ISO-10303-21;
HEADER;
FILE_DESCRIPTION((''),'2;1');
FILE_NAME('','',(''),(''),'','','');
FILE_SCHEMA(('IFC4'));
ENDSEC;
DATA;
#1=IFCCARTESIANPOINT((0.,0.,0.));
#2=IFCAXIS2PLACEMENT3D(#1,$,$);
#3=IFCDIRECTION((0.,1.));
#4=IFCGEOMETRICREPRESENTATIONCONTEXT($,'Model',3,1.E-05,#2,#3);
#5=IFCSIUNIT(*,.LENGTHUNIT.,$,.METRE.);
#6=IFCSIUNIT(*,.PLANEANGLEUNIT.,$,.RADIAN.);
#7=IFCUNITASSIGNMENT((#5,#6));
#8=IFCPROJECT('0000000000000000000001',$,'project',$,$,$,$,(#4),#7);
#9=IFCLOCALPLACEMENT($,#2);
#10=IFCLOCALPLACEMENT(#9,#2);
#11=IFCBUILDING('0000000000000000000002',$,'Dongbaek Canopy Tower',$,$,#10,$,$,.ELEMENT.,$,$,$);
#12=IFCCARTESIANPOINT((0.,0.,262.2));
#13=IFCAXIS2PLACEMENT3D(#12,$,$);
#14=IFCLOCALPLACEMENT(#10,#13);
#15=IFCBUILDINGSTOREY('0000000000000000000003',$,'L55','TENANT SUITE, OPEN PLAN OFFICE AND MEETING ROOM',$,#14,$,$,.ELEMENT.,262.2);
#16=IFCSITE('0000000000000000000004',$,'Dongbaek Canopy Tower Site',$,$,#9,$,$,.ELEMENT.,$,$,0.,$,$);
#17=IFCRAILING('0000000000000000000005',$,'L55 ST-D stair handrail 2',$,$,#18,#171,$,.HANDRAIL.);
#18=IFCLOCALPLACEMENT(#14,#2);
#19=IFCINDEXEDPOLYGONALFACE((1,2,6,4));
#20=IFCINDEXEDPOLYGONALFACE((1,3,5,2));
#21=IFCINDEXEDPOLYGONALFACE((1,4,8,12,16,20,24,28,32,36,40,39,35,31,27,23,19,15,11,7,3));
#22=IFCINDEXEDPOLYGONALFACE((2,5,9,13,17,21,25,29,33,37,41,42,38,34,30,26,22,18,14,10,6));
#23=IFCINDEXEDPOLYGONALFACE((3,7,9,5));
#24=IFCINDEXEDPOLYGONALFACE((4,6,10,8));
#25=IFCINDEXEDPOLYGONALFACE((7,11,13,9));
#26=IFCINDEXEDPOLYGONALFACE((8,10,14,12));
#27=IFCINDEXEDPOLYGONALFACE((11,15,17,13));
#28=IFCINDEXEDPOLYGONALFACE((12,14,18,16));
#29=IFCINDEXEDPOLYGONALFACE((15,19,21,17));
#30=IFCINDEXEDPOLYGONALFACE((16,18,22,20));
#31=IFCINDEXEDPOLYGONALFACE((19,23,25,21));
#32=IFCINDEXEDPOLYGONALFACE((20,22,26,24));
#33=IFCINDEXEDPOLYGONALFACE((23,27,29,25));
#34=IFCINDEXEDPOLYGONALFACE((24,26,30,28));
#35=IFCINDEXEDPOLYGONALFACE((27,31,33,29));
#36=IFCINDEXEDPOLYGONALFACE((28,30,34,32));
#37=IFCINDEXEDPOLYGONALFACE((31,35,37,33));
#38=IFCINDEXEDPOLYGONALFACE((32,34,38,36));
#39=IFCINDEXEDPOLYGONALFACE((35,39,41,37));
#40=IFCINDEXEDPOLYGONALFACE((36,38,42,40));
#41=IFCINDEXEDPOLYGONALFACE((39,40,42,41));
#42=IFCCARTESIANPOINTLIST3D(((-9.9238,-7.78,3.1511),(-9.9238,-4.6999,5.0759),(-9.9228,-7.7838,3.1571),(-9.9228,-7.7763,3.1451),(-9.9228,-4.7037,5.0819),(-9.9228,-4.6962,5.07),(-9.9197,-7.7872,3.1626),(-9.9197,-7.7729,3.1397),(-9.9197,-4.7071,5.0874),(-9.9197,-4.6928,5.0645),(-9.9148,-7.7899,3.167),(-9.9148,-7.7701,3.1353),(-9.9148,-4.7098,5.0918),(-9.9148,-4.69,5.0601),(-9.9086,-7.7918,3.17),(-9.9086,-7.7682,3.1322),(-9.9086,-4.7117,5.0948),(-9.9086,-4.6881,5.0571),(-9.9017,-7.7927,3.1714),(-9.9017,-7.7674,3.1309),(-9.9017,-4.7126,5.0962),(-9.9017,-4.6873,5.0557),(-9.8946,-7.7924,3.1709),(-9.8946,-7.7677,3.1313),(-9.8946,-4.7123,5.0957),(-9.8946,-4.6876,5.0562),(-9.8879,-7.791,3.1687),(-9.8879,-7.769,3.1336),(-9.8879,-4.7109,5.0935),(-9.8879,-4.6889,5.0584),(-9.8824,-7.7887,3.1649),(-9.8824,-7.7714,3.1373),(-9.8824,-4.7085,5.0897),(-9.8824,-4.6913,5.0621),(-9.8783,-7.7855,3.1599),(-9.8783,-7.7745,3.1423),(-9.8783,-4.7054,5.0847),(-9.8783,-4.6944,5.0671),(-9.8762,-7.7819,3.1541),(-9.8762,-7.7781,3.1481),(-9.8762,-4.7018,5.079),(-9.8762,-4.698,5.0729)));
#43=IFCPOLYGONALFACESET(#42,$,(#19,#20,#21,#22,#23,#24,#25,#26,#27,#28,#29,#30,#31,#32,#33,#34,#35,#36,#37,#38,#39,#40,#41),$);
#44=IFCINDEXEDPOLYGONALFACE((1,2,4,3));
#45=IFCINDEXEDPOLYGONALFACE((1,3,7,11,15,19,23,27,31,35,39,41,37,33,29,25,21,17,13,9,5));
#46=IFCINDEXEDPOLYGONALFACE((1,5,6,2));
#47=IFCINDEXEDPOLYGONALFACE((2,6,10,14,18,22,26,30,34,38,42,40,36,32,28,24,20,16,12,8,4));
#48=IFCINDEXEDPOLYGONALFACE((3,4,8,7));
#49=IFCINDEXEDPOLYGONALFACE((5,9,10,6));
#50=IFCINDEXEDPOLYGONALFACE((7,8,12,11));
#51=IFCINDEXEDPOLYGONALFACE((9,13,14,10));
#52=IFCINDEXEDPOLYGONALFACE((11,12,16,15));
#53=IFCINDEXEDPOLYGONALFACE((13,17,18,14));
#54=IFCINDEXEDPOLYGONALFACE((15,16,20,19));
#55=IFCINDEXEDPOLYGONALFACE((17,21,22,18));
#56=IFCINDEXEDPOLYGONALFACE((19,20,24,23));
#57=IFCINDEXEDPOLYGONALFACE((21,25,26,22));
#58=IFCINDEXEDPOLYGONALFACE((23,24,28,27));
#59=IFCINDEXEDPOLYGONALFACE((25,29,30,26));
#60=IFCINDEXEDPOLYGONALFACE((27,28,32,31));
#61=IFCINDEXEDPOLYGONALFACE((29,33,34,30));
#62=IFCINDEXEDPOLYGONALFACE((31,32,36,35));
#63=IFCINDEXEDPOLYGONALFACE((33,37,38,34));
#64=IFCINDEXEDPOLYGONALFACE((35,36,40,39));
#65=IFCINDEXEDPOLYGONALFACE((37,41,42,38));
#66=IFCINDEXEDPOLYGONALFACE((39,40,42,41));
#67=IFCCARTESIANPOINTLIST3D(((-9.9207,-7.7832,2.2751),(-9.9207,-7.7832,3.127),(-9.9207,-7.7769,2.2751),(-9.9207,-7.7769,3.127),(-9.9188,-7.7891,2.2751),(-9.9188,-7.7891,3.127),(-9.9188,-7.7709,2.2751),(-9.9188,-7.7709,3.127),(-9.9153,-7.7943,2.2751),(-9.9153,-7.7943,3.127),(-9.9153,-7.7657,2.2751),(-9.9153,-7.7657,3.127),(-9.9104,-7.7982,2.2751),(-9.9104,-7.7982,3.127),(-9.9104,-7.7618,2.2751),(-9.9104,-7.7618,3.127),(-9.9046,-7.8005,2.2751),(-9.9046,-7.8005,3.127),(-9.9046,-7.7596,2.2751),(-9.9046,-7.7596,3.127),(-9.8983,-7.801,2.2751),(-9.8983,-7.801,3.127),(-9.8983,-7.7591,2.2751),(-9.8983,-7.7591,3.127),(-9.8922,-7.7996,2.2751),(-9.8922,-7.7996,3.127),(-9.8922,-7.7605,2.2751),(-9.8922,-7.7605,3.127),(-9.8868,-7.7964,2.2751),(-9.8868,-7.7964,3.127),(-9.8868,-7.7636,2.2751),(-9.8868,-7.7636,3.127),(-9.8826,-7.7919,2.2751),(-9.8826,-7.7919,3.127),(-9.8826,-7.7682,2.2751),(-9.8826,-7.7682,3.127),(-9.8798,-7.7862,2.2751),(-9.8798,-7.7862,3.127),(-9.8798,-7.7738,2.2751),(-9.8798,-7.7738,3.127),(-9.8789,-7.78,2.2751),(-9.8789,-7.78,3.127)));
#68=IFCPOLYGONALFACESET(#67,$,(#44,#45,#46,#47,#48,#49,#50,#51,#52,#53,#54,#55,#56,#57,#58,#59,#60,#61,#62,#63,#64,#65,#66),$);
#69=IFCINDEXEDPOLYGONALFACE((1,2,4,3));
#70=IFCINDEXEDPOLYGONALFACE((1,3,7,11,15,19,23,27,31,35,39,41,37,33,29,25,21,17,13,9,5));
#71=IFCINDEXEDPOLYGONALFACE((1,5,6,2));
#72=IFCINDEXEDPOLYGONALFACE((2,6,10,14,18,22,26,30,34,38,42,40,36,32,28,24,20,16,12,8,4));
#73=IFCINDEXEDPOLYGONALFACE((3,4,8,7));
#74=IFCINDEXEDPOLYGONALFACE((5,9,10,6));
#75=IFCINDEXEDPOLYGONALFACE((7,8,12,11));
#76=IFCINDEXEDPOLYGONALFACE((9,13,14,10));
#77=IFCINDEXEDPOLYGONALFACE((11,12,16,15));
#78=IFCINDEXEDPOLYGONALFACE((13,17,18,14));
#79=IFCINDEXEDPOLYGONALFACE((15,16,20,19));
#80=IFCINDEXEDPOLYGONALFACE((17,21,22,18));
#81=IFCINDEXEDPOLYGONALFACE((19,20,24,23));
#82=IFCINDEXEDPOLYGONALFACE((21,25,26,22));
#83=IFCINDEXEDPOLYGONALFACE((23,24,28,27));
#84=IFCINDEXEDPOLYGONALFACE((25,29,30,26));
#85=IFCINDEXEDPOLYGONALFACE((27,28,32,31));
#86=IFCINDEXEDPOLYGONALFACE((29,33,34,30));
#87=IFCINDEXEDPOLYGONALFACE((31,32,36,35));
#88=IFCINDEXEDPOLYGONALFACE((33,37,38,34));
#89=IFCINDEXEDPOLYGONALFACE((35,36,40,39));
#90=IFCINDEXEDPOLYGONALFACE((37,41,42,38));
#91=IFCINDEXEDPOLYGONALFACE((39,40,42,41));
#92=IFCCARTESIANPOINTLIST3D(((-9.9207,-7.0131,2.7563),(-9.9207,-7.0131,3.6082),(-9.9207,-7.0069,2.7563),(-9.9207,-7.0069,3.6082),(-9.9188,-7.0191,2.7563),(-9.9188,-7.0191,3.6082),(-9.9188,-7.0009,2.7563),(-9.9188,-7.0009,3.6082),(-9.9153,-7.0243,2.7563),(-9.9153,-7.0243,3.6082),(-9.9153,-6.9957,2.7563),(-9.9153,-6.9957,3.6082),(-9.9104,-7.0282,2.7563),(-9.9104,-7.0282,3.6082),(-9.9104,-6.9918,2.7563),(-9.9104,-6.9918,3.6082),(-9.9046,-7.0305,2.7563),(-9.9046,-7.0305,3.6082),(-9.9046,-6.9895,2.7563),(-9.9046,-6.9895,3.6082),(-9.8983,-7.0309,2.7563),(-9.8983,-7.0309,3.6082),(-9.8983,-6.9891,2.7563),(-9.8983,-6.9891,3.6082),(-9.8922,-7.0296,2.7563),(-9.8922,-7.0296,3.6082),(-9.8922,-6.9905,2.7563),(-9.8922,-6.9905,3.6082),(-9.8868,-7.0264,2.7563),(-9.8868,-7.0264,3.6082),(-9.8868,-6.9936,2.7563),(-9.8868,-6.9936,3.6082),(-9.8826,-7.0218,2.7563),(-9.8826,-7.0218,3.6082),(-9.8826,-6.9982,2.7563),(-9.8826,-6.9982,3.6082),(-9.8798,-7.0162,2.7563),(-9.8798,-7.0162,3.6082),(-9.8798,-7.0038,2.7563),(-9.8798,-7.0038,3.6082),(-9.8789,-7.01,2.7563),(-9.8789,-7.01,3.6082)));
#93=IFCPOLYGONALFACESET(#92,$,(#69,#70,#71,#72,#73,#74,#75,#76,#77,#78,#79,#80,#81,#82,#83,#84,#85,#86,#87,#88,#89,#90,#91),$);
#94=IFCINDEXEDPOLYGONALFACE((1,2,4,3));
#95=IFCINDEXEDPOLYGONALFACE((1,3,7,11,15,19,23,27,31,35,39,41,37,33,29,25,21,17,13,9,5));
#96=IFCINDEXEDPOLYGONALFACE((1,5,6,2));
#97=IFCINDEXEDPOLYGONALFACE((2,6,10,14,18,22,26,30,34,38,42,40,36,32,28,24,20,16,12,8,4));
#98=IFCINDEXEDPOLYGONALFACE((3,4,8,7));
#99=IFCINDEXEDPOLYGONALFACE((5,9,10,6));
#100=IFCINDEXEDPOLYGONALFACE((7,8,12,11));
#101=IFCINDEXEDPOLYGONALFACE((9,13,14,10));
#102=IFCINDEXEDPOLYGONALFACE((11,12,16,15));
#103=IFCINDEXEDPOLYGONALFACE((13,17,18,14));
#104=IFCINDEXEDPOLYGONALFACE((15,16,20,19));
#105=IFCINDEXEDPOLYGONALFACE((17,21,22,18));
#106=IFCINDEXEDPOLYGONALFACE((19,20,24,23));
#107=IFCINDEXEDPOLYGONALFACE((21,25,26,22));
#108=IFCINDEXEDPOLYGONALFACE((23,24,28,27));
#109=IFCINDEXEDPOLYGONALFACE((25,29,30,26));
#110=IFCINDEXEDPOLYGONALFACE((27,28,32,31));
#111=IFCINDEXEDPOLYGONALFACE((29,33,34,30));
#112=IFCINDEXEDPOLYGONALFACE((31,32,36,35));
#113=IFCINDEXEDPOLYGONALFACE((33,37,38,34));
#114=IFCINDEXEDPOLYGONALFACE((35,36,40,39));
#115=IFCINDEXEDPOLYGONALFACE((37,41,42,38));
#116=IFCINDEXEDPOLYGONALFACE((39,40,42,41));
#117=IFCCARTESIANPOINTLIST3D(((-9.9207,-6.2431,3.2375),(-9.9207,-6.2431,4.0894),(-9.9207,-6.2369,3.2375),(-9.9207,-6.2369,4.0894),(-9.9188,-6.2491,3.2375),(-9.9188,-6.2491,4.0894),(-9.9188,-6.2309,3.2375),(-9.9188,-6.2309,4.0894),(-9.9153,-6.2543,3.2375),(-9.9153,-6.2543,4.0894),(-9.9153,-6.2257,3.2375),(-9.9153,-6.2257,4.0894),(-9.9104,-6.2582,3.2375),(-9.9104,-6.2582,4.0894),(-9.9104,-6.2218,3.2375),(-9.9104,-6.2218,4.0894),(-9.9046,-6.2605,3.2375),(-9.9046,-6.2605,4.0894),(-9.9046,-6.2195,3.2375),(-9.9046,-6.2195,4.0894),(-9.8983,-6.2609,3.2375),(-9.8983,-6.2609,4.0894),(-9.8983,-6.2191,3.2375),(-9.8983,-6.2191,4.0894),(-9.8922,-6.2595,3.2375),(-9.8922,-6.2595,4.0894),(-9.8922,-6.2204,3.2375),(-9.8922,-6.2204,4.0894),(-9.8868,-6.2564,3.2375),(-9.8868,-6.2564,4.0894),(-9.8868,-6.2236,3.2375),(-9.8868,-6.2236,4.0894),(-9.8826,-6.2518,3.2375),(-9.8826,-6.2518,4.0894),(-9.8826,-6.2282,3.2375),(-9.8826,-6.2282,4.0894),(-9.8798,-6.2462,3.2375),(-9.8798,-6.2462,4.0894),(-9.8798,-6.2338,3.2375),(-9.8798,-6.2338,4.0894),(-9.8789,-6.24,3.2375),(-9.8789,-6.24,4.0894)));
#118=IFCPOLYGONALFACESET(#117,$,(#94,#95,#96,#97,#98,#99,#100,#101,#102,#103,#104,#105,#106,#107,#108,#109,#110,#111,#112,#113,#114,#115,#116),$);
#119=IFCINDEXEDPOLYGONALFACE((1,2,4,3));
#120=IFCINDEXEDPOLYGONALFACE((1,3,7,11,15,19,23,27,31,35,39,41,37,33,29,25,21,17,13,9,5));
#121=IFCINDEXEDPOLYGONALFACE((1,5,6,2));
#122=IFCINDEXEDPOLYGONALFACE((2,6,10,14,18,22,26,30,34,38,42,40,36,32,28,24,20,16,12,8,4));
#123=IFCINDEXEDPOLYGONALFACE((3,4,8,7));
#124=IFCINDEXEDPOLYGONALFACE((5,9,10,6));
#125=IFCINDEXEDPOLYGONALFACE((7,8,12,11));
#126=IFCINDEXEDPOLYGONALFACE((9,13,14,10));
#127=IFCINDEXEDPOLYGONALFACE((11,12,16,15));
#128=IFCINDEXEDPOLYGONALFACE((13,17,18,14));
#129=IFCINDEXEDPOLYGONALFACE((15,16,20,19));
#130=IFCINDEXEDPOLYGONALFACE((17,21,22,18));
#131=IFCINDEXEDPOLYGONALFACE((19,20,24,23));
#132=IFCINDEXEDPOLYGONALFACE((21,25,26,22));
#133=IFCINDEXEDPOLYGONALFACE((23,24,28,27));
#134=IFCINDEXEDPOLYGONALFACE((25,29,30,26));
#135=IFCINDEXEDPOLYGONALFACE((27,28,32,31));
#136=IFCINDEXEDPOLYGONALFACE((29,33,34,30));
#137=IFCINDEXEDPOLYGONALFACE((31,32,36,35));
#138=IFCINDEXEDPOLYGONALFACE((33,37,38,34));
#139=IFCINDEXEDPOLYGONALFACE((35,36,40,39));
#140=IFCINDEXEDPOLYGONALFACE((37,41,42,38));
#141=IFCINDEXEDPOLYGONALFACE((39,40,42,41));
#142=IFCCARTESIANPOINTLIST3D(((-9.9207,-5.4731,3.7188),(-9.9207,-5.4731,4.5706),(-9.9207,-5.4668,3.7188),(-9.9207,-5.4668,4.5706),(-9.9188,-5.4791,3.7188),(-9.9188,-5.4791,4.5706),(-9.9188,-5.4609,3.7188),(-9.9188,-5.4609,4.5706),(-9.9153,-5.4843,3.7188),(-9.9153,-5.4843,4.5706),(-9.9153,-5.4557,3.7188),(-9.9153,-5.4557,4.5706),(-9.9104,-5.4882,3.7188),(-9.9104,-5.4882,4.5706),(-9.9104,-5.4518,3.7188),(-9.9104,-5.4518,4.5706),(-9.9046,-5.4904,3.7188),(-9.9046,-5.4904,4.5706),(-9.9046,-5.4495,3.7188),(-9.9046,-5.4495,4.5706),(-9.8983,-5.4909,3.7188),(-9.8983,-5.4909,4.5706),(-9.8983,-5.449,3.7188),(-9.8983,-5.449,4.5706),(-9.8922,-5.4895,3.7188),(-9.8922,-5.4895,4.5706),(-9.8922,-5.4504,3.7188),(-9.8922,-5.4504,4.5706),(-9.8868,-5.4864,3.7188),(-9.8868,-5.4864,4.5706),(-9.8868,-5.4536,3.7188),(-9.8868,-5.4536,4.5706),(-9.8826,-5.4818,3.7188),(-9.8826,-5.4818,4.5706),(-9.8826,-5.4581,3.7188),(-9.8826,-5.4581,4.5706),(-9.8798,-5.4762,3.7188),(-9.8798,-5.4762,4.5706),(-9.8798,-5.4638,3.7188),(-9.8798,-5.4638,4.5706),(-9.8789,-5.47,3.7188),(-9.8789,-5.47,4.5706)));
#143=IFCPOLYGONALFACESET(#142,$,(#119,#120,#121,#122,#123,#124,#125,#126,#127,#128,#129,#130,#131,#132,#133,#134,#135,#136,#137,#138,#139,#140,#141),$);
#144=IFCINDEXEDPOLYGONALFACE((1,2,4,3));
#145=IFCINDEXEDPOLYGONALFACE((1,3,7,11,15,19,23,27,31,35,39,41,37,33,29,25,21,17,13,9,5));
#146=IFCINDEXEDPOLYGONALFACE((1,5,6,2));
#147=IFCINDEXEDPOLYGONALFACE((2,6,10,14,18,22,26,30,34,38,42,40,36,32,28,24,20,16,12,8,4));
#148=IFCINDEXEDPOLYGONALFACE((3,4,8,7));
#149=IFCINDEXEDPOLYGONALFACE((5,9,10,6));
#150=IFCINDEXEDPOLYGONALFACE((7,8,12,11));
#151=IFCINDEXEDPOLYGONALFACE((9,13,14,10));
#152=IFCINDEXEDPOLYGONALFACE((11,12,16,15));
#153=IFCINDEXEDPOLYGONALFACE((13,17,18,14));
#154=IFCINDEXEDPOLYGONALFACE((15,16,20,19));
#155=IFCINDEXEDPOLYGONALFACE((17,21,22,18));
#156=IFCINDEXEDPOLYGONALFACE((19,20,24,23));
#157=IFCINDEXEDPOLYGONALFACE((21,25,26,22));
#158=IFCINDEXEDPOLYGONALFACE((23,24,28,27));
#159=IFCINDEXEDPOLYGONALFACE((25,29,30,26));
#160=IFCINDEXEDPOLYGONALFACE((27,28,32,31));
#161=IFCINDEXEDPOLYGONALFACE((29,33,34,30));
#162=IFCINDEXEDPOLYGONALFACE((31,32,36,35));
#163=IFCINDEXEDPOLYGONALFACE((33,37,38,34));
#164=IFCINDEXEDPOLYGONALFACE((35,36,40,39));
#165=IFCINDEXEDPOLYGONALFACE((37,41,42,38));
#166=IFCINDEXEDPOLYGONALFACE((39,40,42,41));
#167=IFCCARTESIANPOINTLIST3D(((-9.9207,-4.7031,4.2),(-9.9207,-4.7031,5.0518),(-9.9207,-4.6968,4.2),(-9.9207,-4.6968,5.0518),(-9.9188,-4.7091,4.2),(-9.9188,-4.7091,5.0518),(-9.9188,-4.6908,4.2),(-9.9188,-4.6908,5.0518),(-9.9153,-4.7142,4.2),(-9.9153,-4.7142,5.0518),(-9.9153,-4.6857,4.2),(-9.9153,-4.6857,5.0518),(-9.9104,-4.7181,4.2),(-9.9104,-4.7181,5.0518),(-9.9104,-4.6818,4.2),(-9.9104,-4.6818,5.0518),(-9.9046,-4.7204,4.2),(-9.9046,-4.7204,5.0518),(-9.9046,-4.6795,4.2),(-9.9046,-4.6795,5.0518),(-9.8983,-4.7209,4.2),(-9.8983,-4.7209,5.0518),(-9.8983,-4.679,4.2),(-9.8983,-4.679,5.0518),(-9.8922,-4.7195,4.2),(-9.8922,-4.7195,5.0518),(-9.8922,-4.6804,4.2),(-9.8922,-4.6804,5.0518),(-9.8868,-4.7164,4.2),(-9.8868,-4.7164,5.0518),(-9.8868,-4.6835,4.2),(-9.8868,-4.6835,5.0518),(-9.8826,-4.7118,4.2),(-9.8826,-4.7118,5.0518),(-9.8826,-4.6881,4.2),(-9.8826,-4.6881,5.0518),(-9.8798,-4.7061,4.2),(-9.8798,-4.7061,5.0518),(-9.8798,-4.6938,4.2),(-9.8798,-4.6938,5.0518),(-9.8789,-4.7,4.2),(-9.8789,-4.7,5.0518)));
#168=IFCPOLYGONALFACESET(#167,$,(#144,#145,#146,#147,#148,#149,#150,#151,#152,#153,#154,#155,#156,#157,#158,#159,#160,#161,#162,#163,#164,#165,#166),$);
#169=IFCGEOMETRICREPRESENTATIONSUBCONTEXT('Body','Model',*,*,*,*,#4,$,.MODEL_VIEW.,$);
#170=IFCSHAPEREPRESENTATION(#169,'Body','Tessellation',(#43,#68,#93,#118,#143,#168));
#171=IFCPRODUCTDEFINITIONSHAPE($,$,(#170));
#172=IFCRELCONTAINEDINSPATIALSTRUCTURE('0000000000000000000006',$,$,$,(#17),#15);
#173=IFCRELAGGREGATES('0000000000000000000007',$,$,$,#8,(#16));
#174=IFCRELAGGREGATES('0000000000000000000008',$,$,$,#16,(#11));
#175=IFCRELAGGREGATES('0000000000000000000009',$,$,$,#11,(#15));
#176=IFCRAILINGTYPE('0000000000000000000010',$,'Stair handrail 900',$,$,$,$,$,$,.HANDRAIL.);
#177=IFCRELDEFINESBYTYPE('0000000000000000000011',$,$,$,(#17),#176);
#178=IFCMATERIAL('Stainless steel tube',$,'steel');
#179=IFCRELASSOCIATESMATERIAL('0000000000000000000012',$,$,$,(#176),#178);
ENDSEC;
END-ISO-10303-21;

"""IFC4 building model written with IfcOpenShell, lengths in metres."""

from ifc_helpers import new_model, si_unit, direction, frame, origin, origin_2d, place, context, subcontext, project, spatial, circle, extrude, material, type_object, element, save


model = new_model("IFC4")

# Units and contexts
model_context = context("Model", 3, precision=1e-05, world=origin(), true_north=direction((0.0, 1.0)))
body_context = subcontext(model_context, "Body", "Model", "MODEL_VIEW")
ifc_project = project(units=[si_unit("LENGTHUNIT", "METRE"), si_unit("PLANEANGLEUNIT", "RADIAN")], contexts=[model_context])

# Site, building, storey
site_placement = place(None, origin())
site = spatial("IfcSite", under=ifc_project, at=site_placement, Name="Dongbaek Canopy Tower Site", CompositionType="ELEMENT", RefElevation=0.0)
building_placement = place(site_placement, origin())
building = spatial("IfcBuilding", under=site, at=building_placement, Name="Dongbaek Canopy Tower", CompositionType="ELEMENT")
storey_placement = place(building_placement, frame((0.0, 0.0, 262.2)))
storey = spatial("IfcBuildingStorey", under=building, at=storey_placement, Name="L55", Description="TENANT SUITE, OPEN PLAN OFFICE AND MEETING ROOM", CompositionType="ELEMENT", Elevation=262.2)

# Railing
ifc_material_1 = material(Name="Stainless steel tube", Category="steel")
railing_type_1 = type_object("IfcRailingType", Name="Stair handrail 900", PredefinedType="HANDRAIL", material=ifc_material_1)
railing_1_placement = place(storey_placement, frame((-9.8999, -7.78, 2.2751)))
element("IfcRailing", 1, at=railing_1_placement, inside=storey, type_object=railing_type_1, Name="L55 ST-D stair handrail 2", PredefinedType="HANDRAIL", context=body_context, shape_type="SweptSolid", body=[
    extrude(circle(Radius=0.0239, at=origin_2d()), frame((0.0, 0.0, 0.876), z_axis=(0.0, 0.848029, 0.529951), x_axis=(-1.0, 0.0, 0.0)), (0.0, 0.0, 1.0), 3.6321),
    extrude(circle(Radius=0.021, at=origin_2d()), origin(), (0.0, 0.0, 1.0), 0.8518),
    extrude(circle(Radius=0.021, at=origin_2d()), frame((0.0, 0.77, 0.4812)), (0.0, 0.0, 1.0), 0.8518),
    extrude(circle(Radius=0.021, at=origin_2d()), frame((0.0, 1.54, 0.9624)), (0.0, 0.0, 1.0), 0.8518),
    extrude(circle(Radius=0.021, at=origin_2d()), frame((0.0, 2.3101, 1.4436)), (0.0, 0.0, 1.0), 0.8518),
    extrude(circle(Radius=0.021, at=origin_2d()), frame((0.0, 3.0801, 1.9248)), (0.0, 0.0, 1.0), 0.8518),
])

save(model, "model.ifc")
